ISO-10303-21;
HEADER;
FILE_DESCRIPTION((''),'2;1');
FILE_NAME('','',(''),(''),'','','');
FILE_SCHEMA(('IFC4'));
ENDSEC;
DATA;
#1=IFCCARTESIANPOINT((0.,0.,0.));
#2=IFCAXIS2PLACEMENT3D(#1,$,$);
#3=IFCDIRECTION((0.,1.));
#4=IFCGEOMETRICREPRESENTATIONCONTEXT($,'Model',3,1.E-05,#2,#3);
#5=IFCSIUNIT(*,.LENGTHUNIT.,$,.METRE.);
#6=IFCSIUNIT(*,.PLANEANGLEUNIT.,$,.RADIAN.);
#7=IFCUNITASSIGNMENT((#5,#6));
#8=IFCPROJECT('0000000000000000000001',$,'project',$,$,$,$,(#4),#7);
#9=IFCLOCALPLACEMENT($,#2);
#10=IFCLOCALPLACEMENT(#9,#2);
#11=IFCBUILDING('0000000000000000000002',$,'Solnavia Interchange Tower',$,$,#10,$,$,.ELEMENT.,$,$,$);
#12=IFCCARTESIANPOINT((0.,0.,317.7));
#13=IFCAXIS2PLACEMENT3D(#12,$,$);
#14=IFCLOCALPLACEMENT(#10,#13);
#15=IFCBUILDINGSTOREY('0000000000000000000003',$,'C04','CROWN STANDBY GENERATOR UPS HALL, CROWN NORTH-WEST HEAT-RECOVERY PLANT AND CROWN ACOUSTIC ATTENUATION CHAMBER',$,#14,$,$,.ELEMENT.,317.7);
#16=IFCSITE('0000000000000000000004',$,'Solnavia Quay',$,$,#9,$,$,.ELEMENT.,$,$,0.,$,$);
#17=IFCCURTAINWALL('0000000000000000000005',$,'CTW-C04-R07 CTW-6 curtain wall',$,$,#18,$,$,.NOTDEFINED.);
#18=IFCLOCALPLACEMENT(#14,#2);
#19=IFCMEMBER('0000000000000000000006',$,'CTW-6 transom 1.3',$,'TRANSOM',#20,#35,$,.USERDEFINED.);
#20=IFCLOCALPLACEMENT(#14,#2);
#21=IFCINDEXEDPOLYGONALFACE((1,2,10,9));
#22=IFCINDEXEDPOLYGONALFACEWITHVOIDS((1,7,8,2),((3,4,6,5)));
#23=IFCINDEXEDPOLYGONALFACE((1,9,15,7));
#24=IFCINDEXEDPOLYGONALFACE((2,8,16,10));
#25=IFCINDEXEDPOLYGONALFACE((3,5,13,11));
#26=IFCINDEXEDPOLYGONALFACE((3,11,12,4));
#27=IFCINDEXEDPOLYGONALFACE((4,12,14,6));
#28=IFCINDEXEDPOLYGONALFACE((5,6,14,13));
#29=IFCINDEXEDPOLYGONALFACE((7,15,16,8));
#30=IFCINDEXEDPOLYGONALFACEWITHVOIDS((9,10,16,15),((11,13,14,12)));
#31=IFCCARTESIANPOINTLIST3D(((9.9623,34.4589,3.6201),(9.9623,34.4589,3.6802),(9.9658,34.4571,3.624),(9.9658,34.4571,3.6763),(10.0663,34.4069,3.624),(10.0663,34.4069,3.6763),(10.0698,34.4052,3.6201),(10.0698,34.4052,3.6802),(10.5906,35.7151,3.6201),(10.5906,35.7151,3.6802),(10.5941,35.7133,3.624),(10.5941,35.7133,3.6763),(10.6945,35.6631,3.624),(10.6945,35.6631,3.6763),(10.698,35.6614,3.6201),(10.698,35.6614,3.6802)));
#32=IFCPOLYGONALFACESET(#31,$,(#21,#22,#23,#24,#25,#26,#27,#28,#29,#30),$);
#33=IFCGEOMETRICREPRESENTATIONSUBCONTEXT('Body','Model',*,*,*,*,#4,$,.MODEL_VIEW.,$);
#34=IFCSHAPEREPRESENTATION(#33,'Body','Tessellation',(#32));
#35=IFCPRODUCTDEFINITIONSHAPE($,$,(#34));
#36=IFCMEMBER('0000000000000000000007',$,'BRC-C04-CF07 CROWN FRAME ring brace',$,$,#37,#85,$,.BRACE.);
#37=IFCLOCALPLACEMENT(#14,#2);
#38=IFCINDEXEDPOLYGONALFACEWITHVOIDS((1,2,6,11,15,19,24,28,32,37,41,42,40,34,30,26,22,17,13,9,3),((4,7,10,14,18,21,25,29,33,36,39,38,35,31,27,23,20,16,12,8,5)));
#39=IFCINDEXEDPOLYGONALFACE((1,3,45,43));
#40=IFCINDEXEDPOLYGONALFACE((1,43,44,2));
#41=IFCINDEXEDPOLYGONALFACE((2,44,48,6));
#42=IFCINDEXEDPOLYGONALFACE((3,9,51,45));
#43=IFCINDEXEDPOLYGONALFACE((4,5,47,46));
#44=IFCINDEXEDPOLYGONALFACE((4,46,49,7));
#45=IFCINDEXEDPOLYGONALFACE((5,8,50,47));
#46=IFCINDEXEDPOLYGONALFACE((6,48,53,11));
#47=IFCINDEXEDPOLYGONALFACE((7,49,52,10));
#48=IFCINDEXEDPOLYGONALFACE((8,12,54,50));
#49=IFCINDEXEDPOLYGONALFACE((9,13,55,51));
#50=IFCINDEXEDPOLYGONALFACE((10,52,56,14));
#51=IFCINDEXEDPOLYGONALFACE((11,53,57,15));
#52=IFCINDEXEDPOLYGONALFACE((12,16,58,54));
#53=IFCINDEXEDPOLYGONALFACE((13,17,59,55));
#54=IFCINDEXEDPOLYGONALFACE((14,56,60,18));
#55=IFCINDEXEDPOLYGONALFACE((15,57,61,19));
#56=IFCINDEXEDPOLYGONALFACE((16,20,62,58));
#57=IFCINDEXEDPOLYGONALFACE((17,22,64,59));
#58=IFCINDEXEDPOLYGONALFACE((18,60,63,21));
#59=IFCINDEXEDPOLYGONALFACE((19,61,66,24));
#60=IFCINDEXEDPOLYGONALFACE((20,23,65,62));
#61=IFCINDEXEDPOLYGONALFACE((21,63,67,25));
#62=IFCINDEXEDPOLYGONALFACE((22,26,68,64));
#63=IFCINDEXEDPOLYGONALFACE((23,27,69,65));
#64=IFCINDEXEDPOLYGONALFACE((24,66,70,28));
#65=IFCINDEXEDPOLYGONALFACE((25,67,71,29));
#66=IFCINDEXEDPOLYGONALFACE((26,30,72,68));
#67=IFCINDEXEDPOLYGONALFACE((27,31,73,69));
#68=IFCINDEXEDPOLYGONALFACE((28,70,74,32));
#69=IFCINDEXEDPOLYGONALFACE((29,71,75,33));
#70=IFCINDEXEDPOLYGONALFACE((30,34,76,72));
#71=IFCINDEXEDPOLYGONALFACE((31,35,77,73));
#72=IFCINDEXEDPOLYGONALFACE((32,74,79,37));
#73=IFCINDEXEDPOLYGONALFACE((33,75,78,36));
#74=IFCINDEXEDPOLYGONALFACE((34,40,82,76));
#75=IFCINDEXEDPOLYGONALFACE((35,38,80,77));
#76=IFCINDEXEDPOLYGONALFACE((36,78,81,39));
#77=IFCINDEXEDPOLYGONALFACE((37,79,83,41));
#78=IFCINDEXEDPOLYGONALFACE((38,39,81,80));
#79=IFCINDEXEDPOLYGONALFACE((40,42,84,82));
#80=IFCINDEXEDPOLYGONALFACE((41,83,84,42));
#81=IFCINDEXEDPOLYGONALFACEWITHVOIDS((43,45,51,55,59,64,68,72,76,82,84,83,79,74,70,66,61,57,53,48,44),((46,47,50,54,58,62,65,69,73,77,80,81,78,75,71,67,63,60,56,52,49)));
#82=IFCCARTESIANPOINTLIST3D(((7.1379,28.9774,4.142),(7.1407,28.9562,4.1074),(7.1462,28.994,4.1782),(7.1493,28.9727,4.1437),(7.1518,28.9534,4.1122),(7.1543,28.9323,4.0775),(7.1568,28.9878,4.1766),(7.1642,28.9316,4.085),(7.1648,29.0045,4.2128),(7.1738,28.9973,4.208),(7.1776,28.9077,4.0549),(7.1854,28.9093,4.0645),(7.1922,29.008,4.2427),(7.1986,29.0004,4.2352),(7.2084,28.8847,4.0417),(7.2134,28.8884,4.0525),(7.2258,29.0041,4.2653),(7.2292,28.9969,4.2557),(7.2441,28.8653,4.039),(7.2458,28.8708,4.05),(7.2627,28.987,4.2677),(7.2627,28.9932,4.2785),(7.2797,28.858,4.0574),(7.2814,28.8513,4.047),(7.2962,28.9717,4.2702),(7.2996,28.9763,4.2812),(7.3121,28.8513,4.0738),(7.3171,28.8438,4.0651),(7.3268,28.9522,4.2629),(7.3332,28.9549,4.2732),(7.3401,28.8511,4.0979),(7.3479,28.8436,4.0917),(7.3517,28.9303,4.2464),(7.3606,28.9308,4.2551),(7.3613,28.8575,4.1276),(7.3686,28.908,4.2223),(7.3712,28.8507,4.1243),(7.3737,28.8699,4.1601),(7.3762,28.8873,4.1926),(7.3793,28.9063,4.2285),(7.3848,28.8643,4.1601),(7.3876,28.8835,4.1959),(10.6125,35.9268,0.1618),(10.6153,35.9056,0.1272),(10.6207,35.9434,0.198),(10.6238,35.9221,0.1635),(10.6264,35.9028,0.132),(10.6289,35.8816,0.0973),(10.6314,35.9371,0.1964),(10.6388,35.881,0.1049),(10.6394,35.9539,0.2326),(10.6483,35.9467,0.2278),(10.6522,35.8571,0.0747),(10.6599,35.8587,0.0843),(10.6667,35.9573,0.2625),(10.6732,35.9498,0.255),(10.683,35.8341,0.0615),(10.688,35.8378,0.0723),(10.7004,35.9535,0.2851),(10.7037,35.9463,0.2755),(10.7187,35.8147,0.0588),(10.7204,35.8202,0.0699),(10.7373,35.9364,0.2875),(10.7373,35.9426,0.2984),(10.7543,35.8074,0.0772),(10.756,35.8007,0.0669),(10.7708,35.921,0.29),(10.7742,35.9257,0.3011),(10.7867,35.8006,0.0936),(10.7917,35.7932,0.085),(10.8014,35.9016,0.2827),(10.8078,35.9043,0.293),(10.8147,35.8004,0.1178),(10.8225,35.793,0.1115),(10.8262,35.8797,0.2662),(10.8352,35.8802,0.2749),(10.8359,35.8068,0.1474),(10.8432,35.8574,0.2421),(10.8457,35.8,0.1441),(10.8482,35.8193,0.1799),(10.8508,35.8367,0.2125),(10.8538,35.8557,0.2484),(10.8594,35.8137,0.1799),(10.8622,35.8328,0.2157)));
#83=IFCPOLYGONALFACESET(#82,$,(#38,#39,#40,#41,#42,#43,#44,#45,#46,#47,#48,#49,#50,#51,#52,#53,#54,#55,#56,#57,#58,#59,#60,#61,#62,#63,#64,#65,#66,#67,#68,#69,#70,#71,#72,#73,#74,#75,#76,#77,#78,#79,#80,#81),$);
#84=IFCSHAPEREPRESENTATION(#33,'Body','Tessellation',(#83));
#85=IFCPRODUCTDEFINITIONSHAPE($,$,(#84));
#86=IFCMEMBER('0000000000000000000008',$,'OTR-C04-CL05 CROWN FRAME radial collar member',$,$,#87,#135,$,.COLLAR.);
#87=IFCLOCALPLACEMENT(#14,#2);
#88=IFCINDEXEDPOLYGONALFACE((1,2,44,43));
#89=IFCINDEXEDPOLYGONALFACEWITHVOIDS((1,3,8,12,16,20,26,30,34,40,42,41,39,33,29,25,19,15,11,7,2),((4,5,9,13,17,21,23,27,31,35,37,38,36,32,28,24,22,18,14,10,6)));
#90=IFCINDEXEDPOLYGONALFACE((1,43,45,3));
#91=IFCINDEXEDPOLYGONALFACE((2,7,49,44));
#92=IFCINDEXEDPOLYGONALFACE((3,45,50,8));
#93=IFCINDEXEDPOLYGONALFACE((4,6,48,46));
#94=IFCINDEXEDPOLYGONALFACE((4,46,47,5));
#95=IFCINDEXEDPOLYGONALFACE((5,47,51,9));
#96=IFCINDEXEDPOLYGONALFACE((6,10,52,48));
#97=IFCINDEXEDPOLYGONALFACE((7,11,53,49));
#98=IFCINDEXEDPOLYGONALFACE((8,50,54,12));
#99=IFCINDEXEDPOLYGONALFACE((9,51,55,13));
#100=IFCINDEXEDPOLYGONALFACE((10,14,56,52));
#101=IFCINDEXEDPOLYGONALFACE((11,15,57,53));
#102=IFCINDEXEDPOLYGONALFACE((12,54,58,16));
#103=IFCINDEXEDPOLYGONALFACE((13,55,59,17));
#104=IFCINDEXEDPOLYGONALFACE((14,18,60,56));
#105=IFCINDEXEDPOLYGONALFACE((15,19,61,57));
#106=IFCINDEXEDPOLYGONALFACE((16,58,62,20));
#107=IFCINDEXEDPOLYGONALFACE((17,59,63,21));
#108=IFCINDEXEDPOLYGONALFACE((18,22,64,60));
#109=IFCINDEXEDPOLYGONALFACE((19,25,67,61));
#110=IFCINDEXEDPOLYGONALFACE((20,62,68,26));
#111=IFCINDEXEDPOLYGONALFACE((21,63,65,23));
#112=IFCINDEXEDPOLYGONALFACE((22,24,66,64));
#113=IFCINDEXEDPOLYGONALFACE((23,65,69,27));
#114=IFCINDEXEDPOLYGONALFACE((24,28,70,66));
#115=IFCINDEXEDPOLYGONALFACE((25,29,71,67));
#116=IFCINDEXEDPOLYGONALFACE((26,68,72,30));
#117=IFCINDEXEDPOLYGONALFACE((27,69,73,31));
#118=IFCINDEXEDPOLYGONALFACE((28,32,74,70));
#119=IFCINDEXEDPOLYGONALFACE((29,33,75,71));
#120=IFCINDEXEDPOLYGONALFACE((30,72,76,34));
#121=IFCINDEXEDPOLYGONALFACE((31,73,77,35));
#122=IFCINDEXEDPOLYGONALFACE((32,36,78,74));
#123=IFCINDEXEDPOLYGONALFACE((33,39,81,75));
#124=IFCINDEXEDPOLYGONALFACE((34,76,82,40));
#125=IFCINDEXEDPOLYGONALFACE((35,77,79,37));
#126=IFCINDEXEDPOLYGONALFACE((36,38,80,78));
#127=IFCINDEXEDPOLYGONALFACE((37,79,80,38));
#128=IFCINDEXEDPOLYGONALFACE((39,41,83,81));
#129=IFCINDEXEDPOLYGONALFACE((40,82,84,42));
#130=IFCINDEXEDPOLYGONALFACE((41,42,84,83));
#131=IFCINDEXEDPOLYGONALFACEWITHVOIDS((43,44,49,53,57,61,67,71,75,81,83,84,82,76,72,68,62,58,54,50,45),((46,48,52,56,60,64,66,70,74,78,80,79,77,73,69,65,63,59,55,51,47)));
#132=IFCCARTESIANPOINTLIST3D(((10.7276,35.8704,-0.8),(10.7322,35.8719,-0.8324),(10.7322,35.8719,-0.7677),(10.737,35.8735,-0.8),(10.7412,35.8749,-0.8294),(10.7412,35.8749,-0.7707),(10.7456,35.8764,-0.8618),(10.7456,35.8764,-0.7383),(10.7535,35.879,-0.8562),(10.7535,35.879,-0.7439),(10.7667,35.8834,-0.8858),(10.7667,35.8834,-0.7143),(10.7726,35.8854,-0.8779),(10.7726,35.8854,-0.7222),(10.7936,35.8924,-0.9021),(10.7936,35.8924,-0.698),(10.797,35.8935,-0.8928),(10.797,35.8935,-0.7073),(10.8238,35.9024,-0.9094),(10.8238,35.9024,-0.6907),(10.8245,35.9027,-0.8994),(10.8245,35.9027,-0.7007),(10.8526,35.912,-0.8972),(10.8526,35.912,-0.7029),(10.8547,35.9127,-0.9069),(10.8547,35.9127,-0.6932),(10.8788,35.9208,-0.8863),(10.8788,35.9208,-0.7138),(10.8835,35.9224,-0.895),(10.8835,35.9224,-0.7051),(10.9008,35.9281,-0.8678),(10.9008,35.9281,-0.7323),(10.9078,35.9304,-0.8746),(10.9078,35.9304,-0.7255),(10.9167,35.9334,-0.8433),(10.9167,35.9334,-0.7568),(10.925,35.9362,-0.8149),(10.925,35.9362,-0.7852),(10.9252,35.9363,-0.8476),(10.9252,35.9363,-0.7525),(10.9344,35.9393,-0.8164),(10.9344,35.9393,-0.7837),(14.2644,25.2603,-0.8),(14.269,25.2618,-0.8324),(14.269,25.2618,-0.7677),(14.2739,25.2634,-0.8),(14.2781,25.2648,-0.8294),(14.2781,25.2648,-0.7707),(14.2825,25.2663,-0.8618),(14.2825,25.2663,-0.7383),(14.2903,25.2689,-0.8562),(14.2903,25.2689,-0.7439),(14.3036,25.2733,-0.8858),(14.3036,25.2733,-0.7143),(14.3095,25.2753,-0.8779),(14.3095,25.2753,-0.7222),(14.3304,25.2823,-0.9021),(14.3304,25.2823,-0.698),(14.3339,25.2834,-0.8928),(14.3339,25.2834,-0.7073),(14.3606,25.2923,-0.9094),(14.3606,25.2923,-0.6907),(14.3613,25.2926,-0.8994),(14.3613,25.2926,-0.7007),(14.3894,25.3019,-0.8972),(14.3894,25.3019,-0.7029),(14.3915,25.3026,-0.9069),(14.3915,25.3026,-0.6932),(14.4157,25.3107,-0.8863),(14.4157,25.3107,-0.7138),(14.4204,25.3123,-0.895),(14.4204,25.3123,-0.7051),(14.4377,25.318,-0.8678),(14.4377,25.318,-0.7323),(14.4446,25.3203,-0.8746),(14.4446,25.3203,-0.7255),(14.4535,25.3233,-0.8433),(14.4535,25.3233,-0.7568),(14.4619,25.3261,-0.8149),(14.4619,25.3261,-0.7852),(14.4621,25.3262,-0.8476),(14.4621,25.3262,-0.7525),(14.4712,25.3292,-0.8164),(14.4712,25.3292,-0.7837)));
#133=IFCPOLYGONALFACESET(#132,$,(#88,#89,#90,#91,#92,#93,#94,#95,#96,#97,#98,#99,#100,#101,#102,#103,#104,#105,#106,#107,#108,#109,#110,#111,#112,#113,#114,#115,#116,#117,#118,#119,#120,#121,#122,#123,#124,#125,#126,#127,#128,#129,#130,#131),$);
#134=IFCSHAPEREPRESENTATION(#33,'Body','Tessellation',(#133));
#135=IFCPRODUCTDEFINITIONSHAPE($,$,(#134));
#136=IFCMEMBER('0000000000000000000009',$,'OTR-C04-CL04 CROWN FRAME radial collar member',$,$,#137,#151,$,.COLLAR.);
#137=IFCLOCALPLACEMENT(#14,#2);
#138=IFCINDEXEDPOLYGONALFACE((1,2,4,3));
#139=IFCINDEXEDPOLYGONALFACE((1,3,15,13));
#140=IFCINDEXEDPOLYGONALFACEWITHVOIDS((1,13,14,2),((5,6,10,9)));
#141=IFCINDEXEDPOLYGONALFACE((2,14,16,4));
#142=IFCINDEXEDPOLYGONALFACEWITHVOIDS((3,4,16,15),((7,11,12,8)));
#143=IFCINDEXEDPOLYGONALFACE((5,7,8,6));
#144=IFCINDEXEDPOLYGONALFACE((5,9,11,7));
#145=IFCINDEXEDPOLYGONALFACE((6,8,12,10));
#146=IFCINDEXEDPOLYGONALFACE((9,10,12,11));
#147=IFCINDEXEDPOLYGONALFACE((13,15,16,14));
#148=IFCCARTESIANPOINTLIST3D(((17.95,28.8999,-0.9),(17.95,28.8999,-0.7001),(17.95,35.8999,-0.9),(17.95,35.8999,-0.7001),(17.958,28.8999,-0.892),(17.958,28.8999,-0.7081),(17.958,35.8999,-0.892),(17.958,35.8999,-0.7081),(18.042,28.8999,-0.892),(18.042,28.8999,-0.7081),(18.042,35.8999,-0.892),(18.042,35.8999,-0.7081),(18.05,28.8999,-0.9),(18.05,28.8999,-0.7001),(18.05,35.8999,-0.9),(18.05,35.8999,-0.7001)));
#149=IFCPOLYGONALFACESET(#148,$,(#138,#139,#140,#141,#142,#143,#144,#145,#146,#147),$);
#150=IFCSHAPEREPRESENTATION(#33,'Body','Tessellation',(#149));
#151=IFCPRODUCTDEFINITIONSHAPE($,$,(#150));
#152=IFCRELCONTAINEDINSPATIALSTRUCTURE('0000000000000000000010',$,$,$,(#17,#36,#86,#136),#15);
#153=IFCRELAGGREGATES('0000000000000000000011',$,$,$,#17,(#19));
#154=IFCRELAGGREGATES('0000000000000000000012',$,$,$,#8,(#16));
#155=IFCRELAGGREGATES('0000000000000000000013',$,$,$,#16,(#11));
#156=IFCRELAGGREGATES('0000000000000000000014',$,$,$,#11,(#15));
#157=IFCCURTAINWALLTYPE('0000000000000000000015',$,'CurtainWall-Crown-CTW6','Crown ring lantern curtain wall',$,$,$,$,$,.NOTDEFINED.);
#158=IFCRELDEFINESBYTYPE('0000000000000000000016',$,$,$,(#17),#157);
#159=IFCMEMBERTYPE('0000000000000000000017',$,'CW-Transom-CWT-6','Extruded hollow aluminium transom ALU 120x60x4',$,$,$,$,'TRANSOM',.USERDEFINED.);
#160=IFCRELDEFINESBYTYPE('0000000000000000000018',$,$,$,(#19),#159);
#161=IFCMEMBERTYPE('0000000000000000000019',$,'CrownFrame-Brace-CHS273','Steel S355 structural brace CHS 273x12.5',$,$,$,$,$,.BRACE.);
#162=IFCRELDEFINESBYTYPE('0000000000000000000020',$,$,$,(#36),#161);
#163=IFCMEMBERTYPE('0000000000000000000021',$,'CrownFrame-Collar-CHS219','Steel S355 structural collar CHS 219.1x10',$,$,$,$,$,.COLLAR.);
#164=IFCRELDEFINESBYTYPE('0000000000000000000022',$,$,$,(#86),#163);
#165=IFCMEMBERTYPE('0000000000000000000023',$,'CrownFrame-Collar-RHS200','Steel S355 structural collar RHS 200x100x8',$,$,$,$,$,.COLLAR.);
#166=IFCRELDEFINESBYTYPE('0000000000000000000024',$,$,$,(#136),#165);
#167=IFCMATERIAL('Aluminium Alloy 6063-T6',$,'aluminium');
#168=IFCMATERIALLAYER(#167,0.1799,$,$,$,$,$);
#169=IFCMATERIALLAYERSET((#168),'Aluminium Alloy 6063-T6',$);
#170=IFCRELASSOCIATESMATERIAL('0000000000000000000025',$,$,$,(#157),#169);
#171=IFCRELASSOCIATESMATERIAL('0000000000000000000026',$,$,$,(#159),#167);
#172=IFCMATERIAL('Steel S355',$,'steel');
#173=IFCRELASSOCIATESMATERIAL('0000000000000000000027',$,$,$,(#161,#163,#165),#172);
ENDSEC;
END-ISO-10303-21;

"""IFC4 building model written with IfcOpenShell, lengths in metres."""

from ifc_helpers import new_model, si_unit, direction, frame, origin, origin_2d, place, context, subcontext, project, spatial, hollow_rectangle, hollow_circle, extrude, material, layer, layer_set, material_profile, profile_set, type_object, element, aggregate, save


model = new_model("IFC4")

# Units and contexts
model_context = context("Model", 3, precision=1e-05, world=origin(), true_north=direction((0.0, 1.0)))
body_context = subcontext(model_context, "Body", "Model", "MODEL_VIEW")
ifc_project = project(units=[si_unit("LENGTHUNIT", "METRE"), si_unit("PLANEANGLEUNIT", "RADIAN")], contexts=[model_context])

# Site, building, storey
site_placement = place(None, origin())
site = spatial("IfcSite", under=ifc_project, at=site_placement, Name="Solnavia Quay", CompositionType="ELEMENT", RefElevation=0.0)
building_placement = place(site_placement, origin())
building = spatial("IfcBuilding", under=site, at=building_placement, Name="Solnavia Interchange Tower", CompositionType="ELEMENT")
storey_placement = place(building_placement, frame((0.0, 0.0, 317.7)))
storey = spatial("IfcBuildingStorey", under=building, at=storey_placement, Name="C04", Description="CROWN STANDBY GENERATOR UPS HALL, CROWN NORTH-WEST HEAT-RECOVERY PLANT AND CROWN ACOUSTIC ATTENUATION CHAMBER", CompositionType="ELEMENT", Elevation=317.7)

# Curtain wall, member
ifc_material_1 = material(Name="Aluminium Alloy 6063-T6", Category="aluminium")
ifc_layer_1 = layer(ifc_material_1, 0.1799)
ifc_layer_set_1 = layer_set([ifc_layer_1], Name="Aluminium Alloy 6063-T6")
curtain_wall_type = type_object("IfcCurtainWallType", Name="CurtainWall-Crown-CTW6", Description="Crown ring lantern curtain wall", PredefinedType="NOTDEFINED", material=ifc_layer_set_1)
curtain_wall_placement = place(storey_placement, origin())
curtain_wall = element("IfcCurtainWall", 1, at=curtain_wall_placement, inside=storey, type_object=curtain_wall_type, Name="CTW-C04-R07 CTW-6 curtain wall", PredefinedType="NOTDEFINED")
ifc_material_profile_1 = material_profile(ifc_material_1, hollow_rectangle(XDim=0.0601, YDim=0.1201, WallThickness=0.0039, at=origin_2d()), Name="ALU 120x60x4")
ifc_profile_set_1 = profile_set([ifc_material_profile_1], Name="Aluminium Alloy 6063-T6")
member_type_1 = type_object("IfcMemberType", Name="CW-Transom-CWT-6", Description="Extruded hollow aluminium transom ALU 120x60x4", ElementType="TRANSOM", PredefinedType="USERDEFINED", material=ifc_profile_set_1)
member_1_placement = place(storey_placement, frame((10.6443, 35.6882, 3.6501), z_axis=(-0.447283, -0.894392, 0.0), x_axis=(0.0, 0.0, 1.0)))
member_1 = element("IfcMember", 2, at=member_1_placement, type_object=member_type_1, Name="CTW-6 transom 1.3", ObjectType="TRANSOM", PredefinedType="USERDEFINED", context=body_context, shape_type="SweptSolid", body=[
    extrude(hollow_rectangle(XDim=0.0601, YDim=0.1201, WallThickness=0.0039, at=origin_2d()), origin(), (0.0, 0.0, 1.0), 1.4045),
])

# Members
ifc_material_2 = material(Name="Steel S355", Category="steel")
ifc_material_profile_2 = material_profile(ifc_material_2, hollow_circle(Radius=0.1365, WallThickness=0.0125, at=origin_2d()), Name="CHS 273x12.5")
ifc_profile_set_2 = profile_set([ifc_material_profile_2], Name="Steel S355")
member_type_2 = type_object("IfcMemberType", Name="CrownFrame-Brace-CHS273", Description="Steel S355 structural brace CHS 273x12.5", PredefinedType="BRACE", material=ifc_profile_set_2)
member_2_placement = place(storey_placement, frame((10.7373, 35.8748, 0.1799), z_axis=(-0.398015, -0.796058, 0.455933), x_axis=(0.894433, -0.447201, 0.0)))
element("IfcMember", 3, at=member_2_placement, inside=storey, type_object=member_type_2, Name="BRC-C04-CF07 CROWN FRAME ring brace", PredefinedType="BRACE", context=body_context, shape_type="SweptSolid", body=[
    extrude(hollow_circle(Radius=0.1365, WallThickness=0.0125, at=origin_2d()), origin(), (0.0, 0.0, 1.0), 8.7297),
])
ifc_material_profile_3 = material_profile(ifc_material_2, hollow_circle(Radius=0.1096, WallThickness=0.01, at=origin_2d()), Name="CHS 219.1x10")
ifc_profile_set_3 = profile_set([ifc_material_profile_3], Name="Steel S355")
member_type_3 = type_object("IfcMemberType", Name="CrownFrame-Collar-CHS219", Description="Steel S355 structural collar CHS 219.1x10", PredefinedType="COLLAR", material=ifc_profile_set_3)
member_3_placement = place(storey_placement, frame((14.3684, 25.2949, -0.8), z_axis=(-0.316241, 0.948679, 0.0), x_axis=(-0.948679, -0.316241, 0.0)))
element("IfcMember", 4, at=member_3_placement, inside=storey, type_object=member_type_3, Name="OTR-C04-CL05 CROWN FRAME radial collar member", PredefinedType="COLLAR", context=body_context, shape_type="SweptSolid", body=[
    extrude(hollow_circle(Radius=0.1096, WallThickness=0.01, at=origin_2d()), origin(), (0.0, 0.0, 1.0), 11.1841),
])
ifc_material_profile_4 = material_profile(ifc_material_2, hollow_rectangle(XDim=0.1001, YDim=0.2, WallThickness=0.0081, at=origin_2d()), Name="RHS 200x100x8")
ifc_profile_set_4 = profile_set([ifc_material_profile_4], Name="Steel S355")
member_type_4 = type_object("IfcMemberType", Name="CrownFrame-Collar-RHS200", Description="Steel S355 structural collar RHS 200x100x8", PredefinedType="COLLAR", material=ifc_profile_set_4)
member_4_placement = place(storey_placement, frame((18.0, 28.8999, -0.8), z_axis=(0.0, 1.0, 0.0), x_axis=(-1.0, 0.0, 0.0)))
element("IfcMember", 5, at=member_4_placement, inside=storey, type_object=member_type_4, Name="OTR-C04-CL04 CROWN FRAME radial collar member", PredefinedType="COLLAR", context=body_context, shape_type="SweptSolid", body=[
    extrude(hollow_rectangle(XDim=0.1001, YDim=0.2, WallThickness=0.0081, at=origin_2d()), origin(), (0.0, 0.0, 1.0), 7.0),
])

aggregate(curtain_wall, [member_1])

save(model, "model.ifc")
